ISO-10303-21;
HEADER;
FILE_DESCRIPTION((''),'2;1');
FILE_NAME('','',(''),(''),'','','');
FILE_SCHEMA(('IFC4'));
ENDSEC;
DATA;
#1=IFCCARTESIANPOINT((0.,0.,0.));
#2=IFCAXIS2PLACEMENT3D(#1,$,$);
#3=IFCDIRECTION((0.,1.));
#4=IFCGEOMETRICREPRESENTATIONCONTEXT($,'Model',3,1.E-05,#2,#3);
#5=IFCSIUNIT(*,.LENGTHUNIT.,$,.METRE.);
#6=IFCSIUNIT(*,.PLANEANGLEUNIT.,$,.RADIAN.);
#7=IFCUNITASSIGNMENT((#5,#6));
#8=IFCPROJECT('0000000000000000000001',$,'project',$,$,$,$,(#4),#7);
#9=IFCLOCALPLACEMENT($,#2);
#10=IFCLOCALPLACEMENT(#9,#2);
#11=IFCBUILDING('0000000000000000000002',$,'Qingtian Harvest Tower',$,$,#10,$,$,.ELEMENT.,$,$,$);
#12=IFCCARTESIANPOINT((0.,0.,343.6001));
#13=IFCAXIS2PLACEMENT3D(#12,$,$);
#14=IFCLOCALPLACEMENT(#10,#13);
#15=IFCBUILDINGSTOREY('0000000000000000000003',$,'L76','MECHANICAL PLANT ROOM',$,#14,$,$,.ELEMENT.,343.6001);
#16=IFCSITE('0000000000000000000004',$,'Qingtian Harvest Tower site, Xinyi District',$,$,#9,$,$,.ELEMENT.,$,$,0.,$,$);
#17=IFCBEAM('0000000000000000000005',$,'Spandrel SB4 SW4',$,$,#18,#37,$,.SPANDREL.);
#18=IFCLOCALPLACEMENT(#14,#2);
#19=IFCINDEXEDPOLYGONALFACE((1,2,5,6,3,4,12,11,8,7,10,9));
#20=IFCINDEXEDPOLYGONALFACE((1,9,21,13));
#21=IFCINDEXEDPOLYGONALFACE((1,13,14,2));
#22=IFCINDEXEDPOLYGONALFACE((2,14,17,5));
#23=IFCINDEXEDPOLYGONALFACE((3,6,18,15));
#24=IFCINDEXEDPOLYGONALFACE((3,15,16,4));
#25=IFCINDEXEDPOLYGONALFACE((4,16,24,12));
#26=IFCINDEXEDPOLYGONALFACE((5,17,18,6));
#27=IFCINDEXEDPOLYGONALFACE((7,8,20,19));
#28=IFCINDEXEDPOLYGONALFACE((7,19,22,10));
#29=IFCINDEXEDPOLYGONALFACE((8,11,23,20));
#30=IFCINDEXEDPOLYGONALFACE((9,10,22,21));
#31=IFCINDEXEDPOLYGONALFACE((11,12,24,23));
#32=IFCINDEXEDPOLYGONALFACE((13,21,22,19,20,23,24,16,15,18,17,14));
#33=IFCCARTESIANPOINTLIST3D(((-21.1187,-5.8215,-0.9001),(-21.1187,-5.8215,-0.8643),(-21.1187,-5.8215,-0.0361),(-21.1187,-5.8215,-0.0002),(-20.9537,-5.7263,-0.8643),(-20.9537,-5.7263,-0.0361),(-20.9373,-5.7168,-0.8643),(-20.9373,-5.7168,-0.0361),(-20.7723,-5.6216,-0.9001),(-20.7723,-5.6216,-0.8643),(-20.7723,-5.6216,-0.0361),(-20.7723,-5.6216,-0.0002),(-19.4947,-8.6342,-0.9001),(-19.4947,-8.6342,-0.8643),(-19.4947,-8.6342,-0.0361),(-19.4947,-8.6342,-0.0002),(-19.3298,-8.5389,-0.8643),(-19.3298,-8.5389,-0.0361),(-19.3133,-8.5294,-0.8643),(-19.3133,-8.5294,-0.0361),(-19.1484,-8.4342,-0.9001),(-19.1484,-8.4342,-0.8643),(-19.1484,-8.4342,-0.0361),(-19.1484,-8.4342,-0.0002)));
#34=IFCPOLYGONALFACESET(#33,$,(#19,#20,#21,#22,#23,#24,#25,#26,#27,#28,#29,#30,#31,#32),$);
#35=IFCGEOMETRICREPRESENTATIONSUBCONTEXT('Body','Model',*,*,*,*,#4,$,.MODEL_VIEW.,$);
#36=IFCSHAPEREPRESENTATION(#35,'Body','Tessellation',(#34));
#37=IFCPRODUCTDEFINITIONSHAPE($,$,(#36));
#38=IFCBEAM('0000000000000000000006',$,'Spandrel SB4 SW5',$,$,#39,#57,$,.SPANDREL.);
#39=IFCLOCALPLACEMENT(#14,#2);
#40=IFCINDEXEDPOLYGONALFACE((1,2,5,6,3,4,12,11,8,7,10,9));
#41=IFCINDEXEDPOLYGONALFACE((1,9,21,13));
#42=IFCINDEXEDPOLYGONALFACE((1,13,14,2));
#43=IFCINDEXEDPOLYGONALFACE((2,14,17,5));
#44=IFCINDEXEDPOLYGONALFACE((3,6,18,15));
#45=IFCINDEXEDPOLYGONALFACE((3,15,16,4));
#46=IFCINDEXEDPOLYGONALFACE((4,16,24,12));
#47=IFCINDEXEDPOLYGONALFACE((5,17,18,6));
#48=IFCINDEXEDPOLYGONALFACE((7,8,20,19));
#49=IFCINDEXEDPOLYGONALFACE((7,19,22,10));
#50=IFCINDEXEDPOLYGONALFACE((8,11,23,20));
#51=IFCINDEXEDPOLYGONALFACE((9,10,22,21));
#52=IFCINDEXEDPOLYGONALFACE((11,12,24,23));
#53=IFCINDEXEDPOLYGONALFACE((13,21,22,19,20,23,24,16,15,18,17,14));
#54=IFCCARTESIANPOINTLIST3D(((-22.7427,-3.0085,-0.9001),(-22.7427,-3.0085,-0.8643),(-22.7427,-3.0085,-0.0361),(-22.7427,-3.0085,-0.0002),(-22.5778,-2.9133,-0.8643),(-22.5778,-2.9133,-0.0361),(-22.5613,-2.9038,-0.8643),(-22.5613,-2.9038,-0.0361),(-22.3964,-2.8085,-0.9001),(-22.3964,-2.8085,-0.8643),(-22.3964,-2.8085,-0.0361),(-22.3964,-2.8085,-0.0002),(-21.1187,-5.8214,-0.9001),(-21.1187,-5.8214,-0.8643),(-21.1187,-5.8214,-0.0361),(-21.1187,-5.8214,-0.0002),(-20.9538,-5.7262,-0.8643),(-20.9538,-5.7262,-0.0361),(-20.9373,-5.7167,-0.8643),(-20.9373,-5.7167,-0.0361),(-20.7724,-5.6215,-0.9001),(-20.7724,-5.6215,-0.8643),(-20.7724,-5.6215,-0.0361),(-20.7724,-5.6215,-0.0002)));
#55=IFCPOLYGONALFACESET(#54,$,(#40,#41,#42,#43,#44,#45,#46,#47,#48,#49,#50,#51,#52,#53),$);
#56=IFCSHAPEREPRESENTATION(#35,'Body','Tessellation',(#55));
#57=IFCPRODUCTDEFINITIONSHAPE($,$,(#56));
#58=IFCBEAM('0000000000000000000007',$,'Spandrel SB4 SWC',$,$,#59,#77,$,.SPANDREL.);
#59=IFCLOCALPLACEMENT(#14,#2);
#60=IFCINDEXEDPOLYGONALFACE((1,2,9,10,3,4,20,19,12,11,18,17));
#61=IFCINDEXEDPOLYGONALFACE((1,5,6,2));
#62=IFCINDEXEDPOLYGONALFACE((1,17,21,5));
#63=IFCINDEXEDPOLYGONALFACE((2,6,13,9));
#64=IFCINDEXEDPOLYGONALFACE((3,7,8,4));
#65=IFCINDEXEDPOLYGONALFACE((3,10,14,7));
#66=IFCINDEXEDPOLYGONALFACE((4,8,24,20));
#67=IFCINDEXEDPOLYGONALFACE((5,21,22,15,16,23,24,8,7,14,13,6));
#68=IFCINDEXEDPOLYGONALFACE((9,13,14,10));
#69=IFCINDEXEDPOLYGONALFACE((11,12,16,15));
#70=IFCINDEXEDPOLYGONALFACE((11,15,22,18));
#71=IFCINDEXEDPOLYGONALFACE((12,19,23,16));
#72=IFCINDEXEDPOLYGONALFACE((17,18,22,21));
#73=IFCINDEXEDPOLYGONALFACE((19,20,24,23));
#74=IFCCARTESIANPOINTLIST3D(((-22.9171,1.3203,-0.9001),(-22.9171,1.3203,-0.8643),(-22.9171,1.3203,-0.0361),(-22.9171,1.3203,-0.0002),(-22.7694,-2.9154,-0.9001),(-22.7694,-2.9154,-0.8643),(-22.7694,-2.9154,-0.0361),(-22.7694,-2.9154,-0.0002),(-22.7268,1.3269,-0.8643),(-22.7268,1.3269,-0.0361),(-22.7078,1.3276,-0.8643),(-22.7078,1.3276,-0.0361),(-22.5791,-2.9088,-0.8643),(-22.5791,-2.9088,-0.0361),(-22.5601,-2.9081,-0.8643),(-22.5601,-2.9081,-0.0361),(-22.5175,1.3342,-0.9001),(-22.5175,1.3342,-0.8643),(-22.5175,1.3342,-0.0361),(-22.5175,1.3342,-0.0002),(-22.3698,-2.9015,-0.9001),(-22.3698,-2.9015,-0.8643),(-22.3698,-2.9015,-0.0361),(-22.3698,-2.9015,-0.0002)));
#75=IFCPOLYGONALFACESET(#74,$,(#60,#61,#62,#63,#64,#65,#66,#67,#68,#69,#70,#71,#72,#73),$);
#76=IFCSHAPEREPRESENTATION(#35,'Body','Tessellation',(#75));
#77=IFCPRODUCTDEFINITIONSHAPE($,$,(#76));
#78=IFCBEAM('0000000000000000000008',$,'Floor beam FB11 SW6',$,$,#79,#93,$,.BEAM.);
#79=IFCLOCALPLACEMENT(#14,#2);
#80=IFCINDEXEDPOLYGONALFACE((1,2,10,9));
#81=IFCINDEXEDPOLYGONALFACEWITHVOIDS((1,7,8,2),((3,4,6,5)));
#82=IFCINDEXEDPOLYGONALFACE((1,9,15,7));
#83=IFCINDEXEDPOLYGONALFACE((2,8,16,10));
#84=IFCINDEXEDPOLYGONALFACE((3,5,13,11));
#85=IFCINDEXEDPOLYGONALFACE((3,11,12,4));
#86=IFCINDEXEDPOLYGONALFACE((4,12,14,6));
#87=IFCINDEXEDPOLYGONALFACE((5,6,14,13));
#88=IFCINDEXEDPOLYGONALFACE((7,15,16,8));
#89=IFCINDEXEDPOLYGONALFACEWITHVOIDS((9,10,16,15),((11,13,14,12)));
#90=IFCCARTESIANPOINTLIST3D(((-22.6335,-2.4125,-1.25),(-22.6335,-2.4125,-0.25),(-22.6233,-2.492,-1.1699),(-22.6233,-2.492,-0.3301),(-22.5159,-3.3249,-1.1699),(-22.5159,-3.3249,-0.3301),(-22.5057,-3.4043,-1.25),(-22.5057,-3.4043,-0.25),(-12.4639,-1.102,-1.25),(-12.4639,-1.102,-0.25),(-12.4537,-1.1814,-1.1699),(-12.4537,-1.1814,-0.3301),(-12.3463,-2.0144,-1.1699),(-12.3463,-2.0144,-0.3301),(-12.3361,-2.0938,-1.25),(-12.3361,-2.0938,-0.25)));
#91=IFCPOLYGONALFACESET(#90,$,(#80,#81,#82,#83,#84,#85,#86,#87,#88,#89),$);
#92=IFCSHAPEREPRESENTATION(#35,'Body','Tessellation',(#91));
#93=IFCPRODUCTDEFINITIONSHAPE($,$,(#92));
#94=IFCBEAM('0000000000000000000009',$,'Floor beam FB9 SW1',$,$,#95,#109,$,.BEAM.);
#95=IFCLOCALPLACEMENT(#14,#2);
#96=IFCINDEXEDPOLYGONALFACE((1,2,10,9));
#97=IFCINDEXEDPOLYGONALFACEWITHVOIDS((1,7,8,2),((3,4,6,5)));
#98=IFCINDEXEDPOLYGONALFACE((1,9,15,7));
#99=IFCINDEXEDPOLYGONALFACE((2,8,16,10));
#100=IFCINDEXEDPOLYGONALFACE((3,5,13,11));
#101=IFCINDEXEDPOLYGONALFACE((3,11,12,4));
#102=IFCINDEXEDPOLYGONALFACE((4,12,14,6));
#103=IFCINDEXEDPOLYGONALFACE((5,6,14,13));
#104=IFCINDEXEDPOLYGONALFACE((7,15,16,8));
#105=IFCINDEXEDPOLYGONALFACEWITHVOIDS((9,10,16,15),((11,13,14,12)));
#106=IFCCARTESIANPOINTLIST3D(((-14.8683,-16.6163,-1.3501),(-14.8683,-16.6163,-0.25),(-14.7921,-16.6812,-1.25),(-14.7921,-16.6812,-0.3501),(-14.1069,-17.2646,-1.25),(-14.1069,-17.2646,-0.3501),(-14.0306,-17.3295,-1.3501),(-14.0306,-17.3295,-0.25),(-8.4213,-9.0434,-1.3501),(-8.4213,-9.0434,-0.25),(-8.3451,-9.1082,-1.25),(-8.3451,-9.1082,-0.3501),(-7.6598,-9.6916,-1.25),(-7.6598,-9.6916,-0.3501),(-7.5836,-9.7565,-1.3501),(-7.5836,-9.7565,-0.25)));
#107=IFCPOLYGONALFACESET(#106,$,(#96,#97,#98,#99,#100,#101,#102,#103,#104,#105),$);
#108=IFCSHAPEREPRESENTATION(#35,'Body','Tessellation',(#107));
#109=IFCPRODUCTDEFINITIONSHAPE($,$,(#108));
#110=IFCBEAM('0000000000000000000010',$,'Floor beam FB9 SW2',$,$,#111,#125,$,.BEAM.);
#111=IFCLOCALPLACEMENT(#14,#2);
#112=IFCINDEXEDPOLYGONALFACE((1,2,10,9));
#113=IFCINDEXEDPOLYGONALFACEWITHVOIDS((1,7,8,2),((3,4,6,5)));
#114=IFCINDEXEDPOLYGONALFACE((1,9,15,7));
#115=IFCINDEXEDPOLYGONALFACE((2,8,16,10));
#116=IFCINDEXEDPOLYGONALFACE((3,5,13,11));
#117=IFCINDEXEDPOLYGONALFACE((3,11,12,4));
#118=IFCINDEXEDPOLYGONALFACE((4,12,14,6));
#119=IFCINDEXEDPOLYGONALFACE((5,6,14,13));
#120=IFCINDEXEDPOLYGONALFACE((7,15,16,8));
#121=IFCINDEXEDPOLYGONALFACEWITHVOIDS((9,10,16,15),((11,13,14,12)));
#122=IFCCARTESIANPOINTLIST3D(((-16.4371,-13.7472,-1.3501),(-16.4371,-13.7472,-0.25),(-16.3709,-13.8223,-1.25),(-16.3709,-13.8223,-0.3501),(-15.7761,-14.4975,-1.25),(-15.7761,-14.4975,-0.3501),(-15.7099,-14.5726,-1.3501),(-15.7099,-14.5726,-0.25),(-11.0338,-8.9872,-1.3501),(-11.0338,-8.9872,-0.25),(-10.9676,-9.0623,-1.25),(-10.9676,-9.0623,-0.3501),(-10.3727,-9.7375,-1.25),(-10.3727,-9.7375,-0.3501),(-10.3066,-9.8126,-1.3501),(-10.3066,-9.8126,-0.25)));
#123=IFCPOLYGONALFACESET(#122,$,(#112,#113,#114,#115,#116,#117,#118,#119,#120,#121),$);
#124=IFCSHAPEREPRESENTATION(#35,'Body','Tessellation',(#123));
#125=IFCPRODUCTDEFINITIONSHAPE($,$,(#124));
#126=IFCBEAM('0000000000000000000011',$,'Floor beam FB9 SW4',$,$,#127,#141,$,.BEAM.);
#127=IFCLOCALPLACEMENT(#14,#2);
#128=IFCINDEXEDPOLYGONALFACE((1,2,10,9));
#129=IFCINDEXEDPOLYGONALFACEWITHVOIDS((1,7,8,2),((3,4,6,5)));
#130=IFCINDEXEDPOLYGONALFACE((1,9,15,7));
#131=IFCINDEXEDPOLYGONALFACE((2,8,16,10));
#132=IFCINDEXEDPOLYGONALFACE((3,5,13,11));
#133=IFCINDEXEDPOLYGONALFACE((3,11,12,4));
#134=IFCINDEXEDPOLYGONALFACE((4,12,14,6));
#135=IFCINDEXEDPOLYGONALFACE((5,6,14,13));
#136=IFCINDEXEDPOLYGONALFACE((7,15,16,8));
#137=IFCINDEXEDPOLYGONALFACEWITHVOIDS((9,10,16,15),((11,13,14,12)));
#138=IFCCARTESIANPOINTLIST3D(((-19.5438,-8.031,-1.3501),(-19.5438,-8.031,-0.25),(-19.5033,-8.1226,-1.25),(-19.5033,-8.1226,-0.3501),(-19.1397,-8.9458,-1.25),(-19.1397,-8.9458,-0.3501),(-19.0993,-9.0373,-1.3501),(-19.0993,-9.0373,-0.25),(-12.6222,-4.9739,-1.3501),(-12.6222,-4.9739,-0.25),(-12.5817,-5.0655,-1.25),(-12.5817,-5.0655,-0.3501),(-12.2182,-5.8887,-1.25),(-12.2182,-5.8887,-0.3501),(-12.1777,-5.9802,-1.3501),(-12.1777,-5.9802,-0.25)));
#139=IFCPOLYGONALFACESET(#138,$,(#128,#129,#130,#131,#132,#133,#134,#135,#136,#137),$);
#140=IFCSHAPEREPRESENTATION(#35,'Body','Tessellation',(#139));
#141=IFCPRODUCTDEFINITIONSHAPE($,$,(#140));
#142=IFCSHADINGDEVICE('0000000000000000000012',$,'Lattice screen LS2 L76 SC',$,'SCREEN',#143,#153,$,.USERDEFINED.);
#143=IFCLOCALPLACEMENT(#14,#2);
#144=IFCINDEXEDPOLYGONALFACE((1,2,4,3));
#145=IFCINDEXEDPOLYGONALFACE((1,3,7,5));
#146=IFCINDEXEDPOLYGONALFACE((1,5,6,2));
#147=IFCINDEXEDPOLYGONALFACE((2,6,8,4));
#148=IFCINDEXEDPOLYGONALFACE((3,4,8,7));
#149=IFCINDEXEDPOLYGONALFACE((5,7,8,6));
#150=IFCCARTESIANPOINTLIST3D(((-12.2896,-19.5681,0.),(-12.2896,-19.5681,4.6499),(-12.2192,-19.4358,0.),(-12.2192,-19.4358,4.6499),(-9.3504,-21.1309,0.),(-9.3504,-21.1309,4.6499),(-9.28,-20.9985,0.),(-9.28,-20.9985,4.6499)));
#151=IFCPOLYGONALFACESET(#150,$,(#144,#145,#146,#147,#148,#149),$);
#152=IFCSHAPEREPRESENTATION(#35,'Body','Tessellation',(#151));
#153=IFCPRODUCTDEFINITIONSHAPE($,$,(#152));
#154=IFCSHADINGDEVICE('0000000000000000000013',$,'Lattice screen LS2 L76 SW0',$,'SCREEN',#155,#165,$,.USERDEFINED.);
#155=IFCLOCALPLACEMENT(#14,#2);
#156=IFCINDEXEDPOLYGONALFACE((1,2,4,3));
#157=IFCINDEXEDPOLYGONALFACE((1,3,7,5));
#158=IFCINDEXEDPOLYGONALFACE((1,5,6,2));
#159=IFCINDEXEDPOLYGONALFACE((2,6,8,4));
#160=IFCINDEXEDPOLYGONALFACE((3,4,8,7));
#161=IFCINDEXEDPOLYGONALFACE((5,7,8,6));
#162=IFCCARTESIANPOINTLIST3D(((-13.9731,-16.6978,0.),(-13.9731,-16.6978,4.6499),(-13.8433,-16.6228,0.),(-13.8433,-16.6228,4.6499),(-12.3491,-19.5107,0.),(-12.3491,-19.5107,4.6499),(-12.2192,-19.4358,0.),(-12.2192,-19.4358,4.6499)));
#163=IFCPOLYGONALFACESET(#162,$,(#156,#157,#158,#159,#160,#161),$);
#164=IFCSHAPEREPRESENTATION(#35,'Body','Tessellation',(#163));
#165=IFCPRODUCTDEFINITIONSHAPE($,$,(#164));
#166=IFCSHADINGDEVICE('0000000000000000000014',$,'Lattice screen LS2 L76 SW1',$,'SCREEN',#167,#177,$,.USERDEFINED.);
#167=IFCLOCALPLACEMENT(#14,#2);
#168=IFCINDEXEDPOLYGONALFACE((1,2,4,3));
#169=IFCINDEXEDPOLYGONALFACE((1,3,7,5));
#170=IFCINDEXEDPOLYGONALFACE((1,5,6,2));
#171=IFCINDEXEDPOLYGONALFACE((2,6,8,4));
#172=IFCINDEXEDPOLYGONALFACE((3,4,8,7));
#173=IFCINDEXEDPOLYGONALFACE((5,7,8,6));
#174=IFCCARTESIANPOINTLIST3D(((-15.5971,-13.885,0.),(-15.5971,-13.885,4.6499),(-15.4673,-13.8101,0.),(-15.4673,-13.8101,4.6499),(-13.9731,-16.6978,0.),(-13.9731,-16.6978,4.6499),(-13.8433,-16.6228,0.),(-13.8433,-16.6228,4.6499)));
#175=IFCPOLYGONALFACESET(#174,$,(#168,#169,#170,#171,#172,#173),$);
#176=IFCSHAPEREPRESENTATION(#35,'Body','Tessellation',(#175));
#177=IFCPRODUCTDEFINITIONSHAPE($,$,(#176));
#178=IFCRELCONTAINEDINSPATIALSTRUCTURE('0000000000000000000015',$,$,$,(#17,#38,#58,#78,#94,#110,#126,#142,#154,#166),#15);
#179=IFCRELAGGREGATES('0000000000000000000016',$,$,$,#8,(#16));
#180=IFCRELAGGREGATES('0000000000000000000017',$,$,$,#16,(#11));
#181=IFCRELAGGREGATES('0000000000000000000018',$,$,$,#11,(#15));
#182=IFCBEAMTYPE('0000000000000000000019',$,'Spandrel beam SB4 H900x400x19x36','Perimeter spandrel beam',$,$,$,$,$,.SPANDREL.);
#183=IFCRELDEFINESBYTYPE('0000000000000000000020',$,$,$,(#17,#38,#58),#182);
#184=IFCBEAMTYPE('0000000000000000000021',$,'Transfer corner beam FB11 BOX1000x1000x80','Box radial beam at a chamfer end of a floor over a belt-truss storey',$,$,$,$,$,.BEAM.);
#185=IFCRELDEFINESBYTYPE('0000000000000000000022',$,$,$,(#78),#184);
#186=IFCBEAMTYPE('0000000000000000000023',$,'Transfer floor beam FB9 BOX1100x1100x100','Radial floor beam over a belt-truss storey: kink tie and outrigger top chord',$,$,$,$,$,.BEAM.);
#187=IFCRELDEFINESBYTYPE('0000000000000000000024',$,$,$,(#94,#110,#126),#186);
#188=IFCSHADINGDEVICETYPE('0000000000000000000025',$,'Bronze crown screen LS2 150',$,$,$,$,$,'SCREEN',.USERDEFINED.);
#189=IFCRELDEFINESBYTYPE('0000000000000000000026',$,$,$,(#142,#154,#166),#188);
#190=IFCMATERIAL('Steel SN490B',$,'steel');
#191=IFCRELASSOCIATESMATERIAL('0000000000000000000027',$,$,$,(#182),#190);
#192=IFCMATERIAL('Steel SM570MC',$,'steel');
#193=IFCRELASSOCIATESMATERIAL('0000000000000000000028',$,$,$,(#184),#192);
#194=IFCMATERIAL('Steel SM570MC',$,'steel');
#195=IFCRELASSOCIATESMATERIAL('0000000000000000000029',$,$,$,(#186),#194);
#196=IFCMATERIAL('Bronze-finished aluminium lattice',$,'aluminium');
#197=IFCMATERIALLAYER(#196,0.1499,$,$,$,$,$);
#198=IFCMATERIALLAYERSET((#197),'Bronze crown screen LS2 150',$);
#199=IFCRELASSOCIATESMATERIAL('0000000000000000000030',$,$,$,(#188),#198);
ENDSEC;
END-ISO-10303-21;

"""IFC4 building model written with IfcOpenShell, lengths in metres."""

from ifc_helpers import new_model, si_unit, direction, frame, origin, origin_2d, place, context, subcontext, project, spatial, polyline, hollow_rectangle, i_section, outline, extrude, material, layer, layer_set, material_profile, profile_set, type_object, element, save


model = new_model("IFC4")

# Units and contexts
model_context = context("Model", 3, precision=1e-05, world=origin(), true_north=direction((0.0, 1.0)))
body_context = subcontext(model_context, "Body", "Model", "MODEL_VIEW")
ifc_project = project(units=[si_unit("LENGTHUNIT", "METRE"), si_unit("PLANEANGLEUNIT", "RADIAN")], contexts=[model_context])

# Site, building, storey
site_placement = place(None, origin())
site = spatial("IfcSite", under=ifc_project, at=site_placement, Name="Qingtian Harvest Tower site, Xinyi District", CompositionType="ELEMENT", RefElevation=0.0)
building_placement = place(site_placement, origin())
building = spatial("IfcBuilding", under=site, at=building_placement, Name="Qingtian Harvest Tower", CompositionType="ELEMENT")
storey_placement = place(building_placement, frame((0.0, 0.0, 343.6001)))
storey = spatial("IfcBuildingStorey", under=building, at=storey_placement, Name="L76", Description="MECHANICAL PLANT ROOM", CompositionType="ELEMENT", Elevation=343.6001)

# Beams
ifc_material_1 = material(Name="Steel SN490B", Category="steel")
ifc_material_profile_1 = material_profile(ifc_material_1, i_section(OverallWidth=0.3999, OverallDepth=0.8999, WebThickness=0.019, FlangeThickness=0.0359, at=origin_2d()), Name="H900x400x19x36")
ifc_profile_set_1 = profile_set([ifc_material_profile_1], Name="Steel SN490B")
beam_type_1 = type_object("IfcBeamType", Name="Spandrel beam SB4 H900x400x19x36", Description="Perimeter spandrel beam", PredefinedType="SPANDREL", material=ifc_profile_set_1)
beam_1_placement = place(storey_placement, frame((-19.3215, -8.5342, -0.4502), z_axis=(-0.50002, 0.866014, 0.0), x_axis=(-0.866014, -0.50002, 0.0)))
element("IfcBeam", 1, at=beam_1_placement, inside=storey, type_object=beam_type_1, Name="Spandrel SB4 SW4", PredefinedType="SPANDREL", context=body_context, shape_type="SweptSolid", body=[
    extrude(i_section(OverallWidth=0.3999, OverallDepth=0.8999, WebThickness=0.019, FlangeThickness=0.0359, at=origin_2d()), origin(), (0.0, 0.0, 1.0), 3.2478),
])
beam_2_placement = place(storey_placement, frame((-20.9456, -5.7214, -0.4502), z_axis=(-0.499987, 0.866033, 0.0), x_axis=(-0.866033, -0.499987, 0.0)))
element("IfcBeam", 2, at=beam_2_placement, inside=storey, type_object=beam_type_1, Name="Spandrel SB4 SW5", PredefinedType="SPANDREL", context=body_context, shape_type="SweptSolid", body=[
    extrude(i_section(OverallWidth=0.3999, OverallDepth=0.8999, WebThickness=0.019, FlangeThickness=0.0359, at=origin_2d()), origin(), (0.0, 0.0, 1.0), 3.248),
])
beam_3_placement = place(storey_placement, frame((-22.5696, -2.9084, -0.4502), z_axis=(-0.034851, 0.999393, 0.0), x_axis=(-0.999393, -0.034851, 0.0)))
element("IfcBeam", 3, at=beam_3_placement, inside=storey, type_object=beam_type_1, Name="Spandrel SB4 SWC", PredefinedType="SPANDREL", context=body_context, shape_type="SweptSolid", body=[
    extrude(i_section(OverallWidth=0.3999, OverallDepth=0.8999, WebThickness=0.019, FlangeThickness=0.0359, at=origin_2d()), origin(), (0.0, 0.0, 1.0), 4.2383),
])
ifc_material_2 = material(Name="Steel SM570MC", Category="steel")
ifc_material_profile_2 = material_profile(ifc_material_2, hollow_rectangle(XDim=1.0, YDim=1.0, WallThickness=0.0801, at=origin_2d()), Name="BOX1000x1000x80")
ifc_profile_set_2 = profile_set([ifc_material_profile_2], Name="Steel SM570MC")
beam_type_2 = type_object("IfcBeamType", Name="Transfer corner beam FB11 BOX1000x1000x80", Description="Box radial beam at a chamfer end of a floor over a belt-truss storey", PredefinedType="BEAM", material=ifc_profile_set_2)
beam_4_placement = place(storey_placement, frame((-22.5696, -2.9084, -0.75), z_axis=(0.991799, 0.127811, 0.0), x_axis=(-0.127811, 0.991799, 0.0)))
element("IfcBeam", 4, at=beam_4_placement, inside=storey, type_object=beam_type_2, Name="Floor beam FB11 SW6", PredefinedType="BEAM", context=body_context, shape_type="SweptSolid", body=[
    extrude(hollow_rectangle(XDim=1.0, YDim=1.0, WallThickness=0.0801, at=origin_2d()), origin(), (0.0, 0.0, 1.0), 10.2537),
])
ifc_material_3 = material(Name="Steel SM570MC", Category="steel")
ifc_material_profile_3 = material_profile(ifc_material_3, hollow_rectangle(XDim=1.1001, YDim=1.1001, WallThickness=0.1001, at=origin_2d()), Name="BOX1100x1100x100")
ifc_profile_set_3 = profile_set([ifc_material_profile_3], Name="Steel SM570MC")
beam_type_3 = type_object("IfcBeamType", Name="Transfer floor beam FB9 BOX1100x1100x100", Description="Radial floor beam over a belt-truss storey: kink tie and outrigger top chord", PredefinedType="BEAM", material=ifc_profile_set_3)
beam_5_placement = place(storey_placement, frame((-14.4495, -16.9729, -0.8), z_axis=(0.64823, 0.761444, 0.0), x_axis=(-0.761444, 0.64823, 0.0)))
element("IfcBeam", 5, at=beam_5_placement, inside=storey, type_object=beam_type_3, Name="Floor beam FB9 SW1", PredefinedType="BEAM", context=body_context, shape_type="SweptSolid", body=[
    extrude(hollow_rectangle(XDim=1.1001, YDim=1.1001, WallThickness=0.1001, at=origin_2d()), origin(), (0.0, 0.0, 1.0), 9.9456),
])
beam_6_placement = place(storey_placement, frame((-16.0735, -14.1599, -0.8), z_axis=(0.750363, 0.661026, 0.0), x_axis=(-0.661026, 0.750363, 0.0)))
element("IfcBeam", 6, at=beam_6_placement, inside=storey, type_object=beam_type_3, Name="Floor beam FB9 SW2", PredefinedType="BEAM", context=body_context, shape_type="SweptSolid", body=[
    extrude(hollow_rectangle(XDim=1.1001, YDim=1.1001, WallThickness=0.1001, at=origin_2d()), origin(), (0.0, 0.0, 1.0), 7.2009),
])
beam_7_placement = place(storey_placement, frame((-19.3215, -8.5342, -0.8), z_axis=(0.914748, 0.404024, 0.0), x_axis=(-0.404024, 0.914748, 0.0)))
element("IfcBeam", 7, at=beam_7_placement, inside=storey, type_object=beam_type_3, Name="Floor beam FB9 SW4", PredefinedType="BEAM", context=body_context, shape_type="SweptSolid", body=[
    extrude(hollow_rectangle(XDim=1.1001, YDim=1.1001, WallThickness=0.1001, at=origin_2d()), origin(), (0.0, 0.0, 1.0), 7.5667),
])

# Shading devices
ifc_material_4 = material(Name="Bronze-finished aluminium lattice", Category="aluminium")
ifc_layer = layer(ifc_material_4, 0.1499)
ifc_layer_set = layer_set([ifc_layer], Name="Bronze crown screen LS2 150")
shading_device_type = type_object("IfcShadingDeviceType", Name="Bronze crown screen LS2 150", ElementType="SCREEN", PredefinedType="USERDEFINED", material=ifc_layer_set)
shading_device_1_placement = place(storey_placement, frame((-9.28, -20.9985, 0.0), z_axis=(0.469457, 0.882955, 0.0), x_axis=(-0.882955, 0.469457, 0.0)))
element("IfcShadingDevice", 8, at=shading_device_1_placement, inside=storey, type_object=shading_device_type, Name="Lattice screen LS2 L76 SC", ObjectType="SCREEN", PredefinedType="USERDEFINED", context=body_context, shape_type="SweptSolid", body=[
    extrude(outline(polyline([(0.0, 0.0), (3.3288, 0.0), (3.3288, 4.6499), (0.0, 4.6499), (0.0, 0.0)])), origin(), (0.0, 0.0, -1.0), 0.1499),
])
shading_device_2_placement = place(storey_placement, frame((-12.2192, -19.4358, 0.0), z_axis=(0.866033, 0.499987, 0.0), x_axis=(-0.499987, 0.866033, 0.0)))
element("IfcShadingDevice", 9, at=shading_device_2_placement, inside=storey, type_object=shading_device_type, Name="Lattice screen LS2 L76 SW0", ObjectType="SCREEN", PredefinedType="USERDEFINED", context=body_context, shape_type="SweptSolid", body=[
    extrude(outline(polyline([(0.0, 0.0), (3.2481, 0.0), (3.2481, 4.6499), (0.0, 4.6499), (0.0, 0.0)])), origin(), (0.0, 0.0, -1.0), 0.1499),
])
shading_device_3_placement = place(storey_placement, frame((-13.8433, -16.6228, 0.0), z_axis=(0.866014, 0.50002, 0.0), x_axis=(-0.50002, 0.866014, 0.0)))
element("IfcShadingDevice", 10, at=shading_device_3_placement, inside=storey, type_object=shading_device_type, Name="Lattice screen LS2 L76 SW1", ObjectType="SCREEN", PredefinedType="USERDEFINED", context=body_context, shape_type="SweptSolid", body=[
    extrude(outline(polyline([(0.0, 0.0), (3.2479, 0.0), (3.2479, 4.6499), (0.0, 4.6499), (0.0, 0.0)])), origin(), (0.0, 0.0, -1.0), 0.1499),
])

save(model, "model.ifc")
